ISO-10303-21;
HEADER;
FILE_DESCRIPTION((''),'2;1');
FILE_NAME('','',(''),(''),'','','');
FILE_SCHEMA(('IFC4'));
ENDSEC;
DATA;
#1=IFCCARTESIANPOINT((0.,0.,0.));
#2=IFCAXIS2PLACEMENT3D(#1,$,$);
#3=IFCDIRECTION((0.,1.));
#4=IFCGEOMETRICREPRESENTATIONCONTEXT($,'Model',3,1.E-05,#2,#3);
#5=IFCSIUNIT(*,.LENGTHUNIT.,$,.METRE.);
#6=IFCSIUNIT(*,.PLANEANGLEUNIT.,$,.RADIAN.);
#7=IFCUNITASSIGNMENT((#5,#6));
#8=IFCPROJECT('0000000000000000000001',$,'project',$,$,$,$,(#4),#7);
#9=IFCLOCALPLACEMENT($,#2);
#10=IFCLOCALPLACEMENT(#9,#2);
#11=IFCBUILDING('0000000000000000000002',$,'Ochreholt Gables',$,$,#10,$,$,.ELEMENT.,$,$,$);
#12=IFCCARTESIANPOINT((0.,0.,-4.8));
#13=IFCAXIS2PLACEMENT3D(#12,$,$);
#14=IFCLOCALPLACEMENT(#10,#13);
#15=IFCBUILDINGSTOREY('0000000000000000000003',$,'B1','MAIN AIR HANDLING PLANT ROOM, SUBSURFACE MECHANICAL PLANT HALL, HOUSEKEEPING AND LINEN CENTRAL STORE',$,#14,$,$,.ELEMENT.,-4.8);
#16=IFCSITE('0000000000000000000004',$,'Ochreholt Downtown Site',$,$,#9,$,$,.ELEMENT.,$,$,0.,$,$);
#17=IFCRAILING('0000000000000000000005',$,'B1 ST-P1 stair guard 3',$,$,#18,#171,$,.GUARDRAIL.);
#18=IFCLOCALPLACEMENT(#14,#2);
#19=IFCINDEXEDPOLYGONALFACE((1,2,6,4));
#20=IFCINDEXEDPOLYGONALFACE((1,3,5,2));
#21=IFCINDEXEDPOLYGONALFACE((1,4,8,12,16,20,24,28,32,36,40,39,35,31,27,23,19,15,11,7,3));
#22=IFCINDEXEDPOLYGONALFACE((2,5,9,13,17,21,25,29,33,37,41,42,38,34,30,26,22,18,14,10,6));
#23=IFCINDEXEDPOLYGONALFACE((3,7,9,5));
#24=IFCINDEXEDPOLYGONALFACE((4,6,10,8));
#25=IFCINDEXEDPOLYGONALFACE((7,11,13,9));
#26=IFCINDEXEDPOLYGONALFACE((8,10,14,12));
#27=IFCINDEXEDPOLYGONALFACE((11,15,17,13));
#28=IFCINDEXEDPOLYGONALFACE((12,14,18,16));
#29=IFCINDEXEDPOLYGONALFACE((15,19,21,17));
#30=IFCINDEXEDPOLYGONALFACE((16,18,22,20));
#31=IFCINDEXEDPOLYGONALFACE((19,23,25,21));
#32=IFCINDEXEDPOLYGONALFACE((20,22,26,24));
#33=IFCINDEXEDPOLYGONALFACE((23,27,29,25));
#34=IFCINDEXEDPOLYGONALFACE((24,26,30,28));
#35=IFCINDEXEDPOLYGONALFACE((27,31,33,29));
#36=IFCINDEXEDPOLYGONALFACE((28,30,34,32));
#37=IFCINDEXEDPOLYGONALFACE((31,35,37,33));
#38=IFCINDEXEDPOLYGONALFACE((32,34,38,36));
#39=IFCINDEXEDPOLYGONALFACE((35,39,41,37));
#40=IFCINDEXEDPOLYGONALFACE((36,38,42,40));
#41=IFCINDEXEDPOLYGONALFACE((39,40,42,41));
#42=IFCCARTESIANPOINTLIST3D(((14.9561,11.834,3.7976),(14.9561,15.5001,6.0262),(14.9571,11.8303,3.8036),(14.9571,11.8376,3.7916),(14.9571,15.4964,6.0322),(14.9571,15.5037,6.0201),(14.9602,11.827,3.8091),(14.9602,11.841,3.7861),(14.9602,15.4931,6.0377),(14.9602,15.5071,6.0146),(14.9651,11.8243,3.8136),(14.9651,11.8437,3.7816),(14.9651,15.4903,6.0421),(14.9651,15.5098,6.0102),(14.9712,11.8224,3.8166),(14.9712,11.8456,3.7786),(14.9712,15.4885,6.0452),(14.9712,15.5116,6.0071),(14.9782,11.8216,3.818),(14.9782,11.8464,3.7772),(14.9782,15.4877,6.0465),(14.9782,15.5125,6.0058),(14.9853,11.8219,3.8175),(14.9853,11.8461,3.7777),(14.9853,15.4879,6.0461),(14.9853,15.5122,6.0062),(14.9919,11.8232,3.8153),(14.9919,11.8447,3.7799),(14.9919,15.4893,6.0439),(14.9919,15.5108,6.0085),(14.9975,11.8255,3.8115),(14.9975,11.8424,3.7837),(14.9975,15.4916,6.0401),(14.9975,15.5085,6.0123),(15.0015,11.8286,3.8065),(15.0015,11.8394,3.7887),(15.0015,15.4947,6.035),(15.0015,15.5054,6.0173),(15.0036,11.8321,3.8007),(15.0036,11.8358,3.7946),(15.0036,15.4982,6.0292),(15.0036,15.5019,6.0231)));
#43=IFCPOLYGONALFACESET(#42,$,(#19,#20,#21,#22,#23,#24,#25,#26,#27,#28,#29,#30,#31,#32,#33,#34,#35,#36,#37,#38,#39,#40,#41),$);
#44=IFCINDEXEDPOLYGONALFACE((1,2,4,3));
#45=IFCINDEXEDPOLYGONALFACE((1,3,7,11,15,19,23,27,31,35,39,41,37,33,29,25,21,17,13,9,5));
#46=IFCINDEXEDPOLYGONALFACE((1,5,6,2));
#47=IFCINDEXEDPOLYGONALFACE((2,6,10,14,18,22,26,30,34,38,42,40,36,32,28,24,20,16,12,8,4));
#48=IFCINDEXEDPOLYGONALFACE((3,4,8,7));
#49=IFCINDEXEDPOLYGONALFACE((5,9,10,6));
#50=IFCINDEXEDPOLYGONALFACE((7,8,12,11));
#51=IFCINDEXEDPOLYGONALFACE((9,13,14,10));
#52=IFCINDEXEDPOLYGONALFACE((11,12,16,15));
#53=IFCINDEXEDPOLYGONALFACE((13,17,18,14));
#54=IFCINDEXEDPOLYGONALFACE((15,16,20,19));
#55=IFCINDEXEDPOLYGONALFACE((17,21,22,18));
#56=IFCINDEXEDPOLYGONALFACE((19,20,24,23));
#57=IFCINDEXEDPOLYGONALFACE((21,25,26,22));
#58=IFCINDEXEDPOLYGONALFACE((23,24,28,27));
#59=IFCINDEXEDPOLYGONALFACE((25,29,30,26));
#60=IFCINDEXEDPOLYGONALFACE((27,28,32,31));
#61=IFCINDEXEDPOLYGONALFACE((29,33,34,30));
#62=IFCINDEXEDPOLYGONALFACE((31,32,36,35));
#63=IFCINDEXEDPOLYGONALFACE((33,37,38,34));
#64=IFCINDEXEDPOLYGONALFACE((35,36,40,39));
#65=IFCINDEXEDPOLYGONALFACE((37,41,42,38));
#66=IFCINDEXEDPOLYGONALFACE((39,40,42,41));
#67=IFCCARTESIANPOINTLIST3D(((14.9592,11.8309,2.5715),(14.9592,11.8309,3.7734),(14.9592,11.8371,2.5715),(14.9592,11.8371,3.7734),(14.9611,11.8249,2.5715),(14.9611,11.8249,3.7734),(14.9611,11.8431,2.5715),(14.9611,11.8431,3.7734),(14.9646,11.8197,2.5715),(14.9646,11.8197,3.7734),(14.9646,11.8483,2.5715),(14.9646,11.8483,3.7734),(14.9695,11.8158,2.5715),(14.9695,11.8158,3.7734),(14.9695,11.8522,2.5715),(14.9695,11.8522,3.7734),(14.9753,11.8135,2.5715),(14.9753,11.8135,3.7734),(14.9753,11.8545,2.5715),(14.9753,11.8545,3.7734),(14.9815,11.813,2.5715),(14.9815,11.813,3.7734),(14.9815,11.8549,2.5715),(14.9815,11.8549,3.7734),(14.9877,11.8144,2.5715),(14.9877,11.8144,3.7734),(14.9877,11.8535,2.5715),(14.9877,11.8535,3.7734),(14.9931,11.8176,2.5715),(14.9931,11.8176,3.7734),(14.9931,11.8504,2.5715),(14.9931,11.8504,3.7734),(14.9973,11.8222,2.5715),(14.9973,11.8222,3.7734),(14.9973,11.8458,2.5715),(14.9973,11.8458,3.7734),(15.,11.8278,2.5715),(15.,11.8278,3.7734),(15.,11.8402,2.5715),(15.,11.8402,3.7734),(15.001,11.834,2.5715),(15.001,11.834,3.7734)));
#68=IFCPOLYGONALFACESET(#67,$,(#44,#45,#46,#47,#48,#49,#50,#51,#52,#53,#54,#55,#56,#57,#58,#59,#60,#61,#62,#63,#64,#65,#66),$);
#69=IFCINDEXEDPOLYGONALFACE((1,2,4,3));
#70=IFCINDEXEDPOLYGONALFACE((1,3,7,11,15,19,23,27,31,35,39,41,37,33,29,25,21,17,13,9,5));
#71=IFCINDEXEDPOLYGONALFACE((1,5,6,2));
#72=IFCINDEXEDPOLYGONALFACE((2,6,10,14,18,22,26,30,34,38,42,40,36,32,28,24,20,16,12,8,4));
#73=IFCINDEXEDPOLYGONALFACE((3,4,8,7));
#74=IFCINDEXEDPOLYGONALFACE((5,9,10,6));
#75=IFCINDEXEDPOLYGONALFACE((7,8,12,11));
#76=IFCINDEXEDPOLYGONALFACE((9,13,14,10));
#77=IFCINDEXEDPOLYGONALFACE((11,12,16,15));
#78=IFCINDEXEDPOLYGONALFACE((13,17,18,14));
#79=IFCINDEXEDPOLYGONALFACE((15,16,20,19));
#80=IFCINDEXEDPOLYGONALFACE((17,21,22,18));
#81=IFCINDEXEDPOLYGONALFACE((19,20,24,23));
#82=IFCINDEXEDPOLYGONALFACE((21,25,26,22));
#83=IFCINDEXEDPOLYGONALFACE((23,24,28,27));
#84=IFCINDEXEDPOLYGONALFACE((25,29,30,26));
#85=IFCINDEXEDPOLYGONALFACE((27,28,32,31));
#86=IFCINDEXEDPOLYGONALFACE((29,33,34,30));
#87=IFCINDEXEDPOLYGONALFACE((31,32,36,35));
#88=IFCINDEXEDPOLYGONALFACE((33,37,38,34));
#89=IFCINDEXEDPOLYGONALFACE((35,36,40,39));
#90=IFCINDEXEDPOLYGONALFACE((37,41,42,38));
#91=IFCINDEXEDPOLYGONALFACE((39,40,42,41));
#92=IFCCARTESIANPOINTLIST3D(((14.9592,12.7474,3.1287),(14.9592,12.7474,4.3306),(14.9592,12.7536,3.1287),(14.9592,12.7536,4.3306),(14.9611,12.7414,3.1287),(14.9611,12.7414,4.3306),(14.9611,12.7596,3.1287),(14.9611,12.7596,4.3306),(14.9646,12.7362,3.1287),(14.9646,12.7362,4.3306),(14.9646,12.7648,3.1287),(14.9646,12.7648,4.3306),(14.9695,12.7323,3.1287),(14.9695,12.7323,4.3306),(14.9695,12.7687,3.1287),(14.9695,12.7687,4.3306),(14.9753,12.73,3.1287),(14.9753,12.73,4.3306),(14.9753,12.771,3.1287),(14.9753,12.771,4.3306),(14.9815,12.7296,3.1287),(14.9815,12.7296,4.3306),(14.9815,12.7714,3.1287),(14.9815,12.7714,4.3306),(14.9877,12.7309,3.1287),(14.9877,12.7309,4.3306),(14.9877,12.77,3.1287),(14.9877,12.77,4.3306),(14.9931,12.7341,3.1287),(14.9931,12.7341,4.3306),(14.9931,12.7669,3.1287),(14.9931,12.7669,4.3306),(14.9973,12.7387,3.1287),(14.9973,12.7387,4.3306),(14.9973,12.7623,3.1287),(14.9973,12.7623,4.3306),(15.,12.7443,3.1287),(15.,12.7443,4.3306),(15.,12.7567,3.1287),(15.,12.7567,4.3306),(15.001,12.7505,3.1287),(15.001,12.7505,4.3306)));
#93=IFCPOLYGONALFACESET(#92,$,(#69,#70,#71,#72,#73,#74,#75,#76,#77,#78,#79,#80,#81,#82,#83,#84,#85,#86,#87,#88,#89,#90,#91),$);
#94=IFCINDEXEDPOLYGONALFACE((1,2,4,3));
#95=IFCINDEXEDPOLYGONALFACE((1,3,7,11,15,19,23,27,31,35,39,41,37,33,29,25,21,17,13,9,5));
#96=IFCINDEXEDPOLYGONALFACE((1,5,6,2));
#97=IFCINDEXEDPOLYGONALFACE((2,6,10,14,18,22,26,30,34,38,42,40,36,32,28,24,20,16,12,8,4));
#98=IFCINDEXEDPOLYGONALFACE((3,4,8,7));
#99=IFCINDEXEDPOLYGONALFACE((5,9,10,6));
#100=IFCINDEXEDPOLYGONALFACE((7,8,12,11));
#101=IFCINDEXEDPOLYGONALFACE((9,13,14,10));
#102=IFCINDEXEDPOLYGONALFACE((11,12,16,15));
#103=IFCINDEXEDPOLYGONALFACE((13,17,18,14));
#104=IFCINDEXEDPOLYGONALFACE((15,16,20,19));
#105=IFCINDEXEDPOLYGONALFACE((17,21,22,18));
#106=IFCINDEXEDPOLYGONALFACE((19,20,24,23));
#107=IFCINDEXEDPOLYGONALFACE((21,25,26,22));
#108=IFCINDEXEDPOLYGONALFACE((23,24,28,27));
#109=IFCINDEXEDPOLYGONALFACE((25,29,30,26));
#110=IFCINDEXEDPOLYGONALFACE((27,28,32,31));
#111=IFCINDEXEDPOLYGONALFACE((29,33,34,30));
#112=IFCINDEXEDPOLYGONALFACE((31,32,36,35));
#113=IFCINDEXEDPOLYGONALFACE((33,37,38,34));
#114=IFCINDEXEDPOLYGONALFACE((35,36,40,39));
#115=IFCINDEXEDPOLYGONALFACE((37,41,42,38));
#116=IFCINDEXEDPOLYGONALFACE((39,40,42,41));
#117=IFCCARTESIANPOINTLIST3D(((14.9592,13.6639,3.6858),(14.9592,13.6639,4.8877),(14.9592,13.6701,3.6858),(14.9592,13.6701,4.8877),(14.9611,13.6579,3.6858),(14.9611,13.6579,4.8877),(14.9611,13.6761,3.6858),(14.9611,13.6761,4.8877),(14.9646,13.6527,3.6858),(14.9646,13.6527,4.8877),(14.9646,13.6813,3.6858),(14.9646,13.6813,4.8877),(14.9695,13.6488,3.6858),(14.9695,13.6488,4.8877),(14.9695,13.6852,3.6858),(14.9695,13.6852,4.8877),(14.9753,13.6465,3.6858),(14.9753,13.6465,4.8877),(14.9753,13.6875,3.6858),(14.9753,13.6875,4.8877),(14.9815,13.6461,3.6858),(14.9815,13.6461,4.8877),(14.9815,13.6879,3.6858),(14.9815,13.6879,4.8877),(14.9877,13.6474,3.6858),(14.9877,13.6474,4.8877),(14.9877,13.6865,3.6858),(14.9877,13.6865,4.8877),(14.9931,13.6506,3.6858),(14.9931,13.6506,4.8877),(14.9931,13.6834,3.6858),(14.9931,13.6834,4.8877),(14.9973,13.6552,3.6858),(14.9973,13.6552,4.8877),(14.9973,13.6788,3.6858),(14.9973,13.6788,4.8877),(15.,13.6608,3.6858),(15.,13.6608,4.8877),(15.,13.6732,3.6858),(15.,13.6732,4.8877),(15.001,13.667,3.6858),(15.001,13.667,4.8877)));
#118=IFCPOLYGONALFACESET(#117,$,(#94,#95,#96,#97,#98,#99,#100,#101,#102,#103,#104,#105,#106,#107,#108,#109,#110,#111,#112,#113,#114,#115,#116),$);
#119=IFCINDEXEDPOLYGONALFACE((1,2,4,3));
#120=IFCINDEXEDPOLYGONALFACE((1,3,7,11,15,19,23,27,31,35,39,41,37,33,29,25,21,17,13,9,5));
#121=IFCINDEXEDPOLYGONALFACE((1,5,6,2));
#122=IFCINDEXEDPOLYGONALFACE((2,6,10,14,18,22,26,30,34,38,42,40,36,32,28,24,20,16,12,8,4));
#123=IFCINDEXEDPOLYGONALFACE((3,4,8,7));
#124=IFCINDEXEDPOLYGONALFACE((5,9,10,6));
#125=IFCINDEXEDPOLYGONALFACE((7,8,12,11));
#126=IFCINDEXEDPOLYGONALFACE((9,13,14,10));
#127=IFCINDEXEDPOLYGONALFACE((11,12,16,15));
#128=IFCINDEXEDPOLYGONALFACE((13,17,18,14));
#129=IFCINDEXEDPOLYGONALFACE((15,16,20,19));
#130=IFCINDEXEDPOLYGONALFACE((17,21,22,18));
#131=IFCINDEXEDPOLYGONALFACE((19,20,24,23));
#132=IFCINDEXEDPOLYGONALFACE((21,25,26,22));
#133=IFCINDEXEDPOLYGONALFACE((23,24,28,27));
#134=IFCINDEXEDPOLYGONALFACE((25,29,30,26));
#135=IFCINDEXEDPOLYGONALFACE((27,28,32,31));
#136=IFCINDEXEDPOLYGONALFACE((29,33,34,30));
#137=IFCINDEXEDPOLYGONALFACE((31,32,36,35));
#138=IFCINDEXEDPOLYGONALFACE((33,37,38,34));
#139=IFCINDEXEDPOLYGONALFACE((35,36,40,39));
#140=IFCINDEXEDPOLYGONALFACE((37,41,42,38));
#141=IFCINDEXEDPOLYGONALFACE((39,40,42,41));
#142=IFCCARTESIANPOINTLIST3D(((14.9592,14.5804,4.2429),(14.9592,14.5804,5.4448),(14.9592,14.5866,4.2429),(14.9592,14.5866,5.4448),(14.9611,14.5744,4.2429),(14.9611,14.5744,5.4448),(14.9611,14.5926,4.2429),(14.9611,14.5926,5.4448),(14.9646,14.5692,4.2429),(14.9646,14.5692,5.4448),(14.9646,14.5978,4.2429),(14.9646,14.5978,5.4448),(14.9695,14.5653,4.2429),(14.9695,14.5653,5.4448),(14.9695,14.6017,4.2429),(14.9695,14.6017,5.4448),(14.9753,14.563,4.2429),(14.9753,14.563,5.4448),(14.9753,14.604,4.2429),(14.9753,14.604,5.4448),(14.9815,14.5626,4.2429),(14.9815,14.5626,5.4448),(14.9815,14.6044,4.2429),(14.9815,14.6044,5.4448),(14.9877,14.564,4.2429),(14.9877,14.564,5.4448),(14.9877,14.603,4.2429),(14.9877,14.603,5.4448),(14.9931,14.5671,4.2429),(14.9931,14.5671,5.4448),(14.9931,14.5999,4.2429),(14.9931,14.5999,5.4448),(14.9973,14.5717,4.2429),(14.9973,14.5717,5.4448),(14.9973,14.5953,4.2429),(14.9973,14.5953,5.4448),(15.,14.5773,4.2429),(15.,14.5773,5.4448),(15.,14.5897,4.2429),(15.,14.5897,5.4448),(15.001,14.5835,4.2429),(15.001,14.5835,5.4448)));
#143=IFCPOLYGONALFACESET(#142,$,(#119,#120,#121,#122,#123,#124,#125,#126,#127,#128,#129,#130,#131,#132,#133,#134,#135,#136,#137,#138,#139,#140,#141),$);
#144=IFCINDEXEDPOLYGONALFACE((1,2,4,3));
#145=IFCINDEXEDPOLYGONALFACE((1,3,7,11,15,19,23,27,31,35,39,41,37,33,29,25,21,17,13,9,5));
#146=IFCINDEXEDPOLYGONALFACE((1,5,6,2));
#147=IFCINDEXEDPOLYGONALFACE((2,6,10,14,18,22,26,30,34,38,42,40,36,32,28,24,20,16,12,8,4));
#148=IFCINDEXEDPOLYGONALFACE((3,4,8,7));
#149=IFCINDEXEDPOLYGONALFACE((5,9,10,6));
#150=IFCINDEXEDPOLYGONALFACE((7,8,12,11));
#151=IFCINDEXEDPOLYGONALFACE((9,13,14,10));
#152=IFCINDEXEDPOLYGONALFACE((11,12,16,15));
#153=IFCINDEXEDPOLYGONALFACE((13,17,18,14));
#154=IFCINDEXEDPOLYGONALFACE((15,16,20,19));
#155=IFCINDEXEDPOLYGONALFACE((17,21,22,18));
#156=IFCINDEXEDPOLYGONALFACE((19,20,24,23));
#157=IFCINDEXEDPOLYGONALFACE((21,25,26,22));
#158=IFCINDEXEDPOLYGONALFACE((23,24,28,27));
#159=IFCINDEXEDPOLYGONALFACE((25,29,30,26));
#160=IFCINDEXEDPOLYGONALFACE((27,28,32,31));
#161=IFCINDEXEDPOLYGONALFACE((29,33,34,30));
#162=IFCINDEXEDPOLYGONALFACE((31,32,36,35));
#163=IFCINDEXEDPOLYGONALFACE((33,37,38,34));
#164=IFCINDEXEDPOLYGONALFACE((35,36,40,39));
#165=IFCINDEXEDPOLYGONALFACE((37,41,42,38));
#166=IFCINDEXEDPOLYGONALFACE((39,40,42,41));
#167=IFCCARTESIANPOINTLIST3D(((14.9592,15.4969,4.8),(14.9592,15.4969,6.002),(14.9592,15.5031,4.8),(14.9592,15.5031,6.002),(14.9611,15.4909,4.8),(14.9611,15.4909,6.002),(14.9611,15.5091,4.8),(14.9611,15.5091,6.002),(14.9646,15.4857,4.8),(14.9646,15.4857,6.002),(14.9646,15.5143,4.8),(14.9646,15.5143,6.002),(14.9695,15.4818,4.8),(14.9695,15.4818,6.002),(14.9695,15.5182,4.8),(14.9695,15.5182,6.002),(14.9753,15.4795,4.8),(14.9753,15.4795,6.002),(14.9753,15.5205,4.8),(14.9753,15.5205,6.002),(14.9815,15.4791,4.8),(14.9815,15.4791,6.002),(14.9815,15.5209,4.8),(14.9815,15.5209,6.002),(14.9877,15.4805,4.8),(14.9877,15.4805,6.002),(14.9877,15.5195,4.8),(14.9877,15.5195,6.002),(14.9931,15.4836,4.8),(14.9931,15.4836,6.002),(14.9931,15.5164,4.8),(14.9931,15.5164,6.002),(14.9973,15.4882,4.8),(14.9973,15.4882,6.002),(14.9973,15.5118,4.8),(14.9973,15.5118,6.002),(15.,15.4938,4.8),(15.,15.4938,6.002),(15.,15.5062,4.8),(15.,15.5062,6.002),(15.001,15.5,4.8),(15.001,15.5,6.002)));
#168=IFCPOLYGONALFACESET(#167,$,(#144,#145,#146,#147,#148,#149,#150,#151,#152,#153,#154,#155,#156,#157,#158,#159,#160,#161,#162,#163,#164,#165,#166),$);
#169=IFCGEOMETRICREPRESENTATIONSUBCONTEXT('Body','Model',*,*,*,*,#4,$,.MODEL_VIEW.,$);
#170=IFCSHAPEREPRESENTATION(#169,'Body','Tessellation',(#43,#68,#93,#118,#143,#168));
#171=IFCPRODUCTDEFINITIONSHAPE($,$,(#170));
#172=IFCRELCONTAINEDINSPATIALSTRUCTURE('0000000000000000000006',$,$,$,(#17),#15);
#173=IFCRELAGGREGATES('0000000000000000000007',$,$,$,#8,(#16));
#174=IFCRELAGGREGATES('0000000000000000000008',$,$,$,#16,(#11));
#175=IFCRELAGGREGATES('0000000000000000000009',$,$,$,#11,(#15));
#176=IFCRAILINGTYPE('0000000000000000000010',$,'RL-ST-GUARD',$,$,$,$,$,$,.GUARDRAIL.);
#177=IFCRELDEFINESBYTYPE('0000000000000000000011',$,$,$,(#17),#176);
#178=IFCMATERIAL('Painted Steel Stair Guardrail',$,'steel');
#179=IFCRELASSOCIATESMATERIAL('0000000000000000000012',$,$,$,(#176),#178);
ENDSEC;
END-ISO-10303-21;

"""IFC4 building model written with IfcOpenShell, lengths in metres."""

from ifc_helpers import new_model, si_unit, direction, frame, origin, origin_2d, place, context, subcontext, project, spatial, circle, extrude, material, type_object, element, save


model = new_model("IFC4")

# Units and contexts
model_context = context("Model", 3, precision=1e-05, world=origin(), true_north=direction((0.0, 1.0)))
body_context = subcontext(model_context, "Body", "Model", "MODEL_VIEW")
ifc_project = project(units=[si_unit("LENGTHUNIT", "METRE"), si_unit("PLANEANGLEUNIT", "RADIAN")], contexts=[model_context])

# Site, building, storey
site_placement = place(None, origin())
site = spatial("IfcSite", under=ifc_project, at=site_placement, Name="Ochreholt Downtown Site", CompositionType="ELEMENT", RefElevation=0.0)
building_placement = place(site_placement, origin())
building = spatial("IfcBuilding", under=site, at=building_placement, Name="Ochreholt Gables", CompositionType="ELEMENT")
storey_placement = place(building_placement, frame((0.0, 0.0, -4.8)))
storey = spatial("IfcBuildingStorey", under=building, at=storey_placement, Name="B1", Description="MAIN AIR HANDLING PLANT ROOM, SUBSURFACE MECHANICAL PLANT HALL, HOUSEKEEPING AND LINEN CENTRAL STORE", CompositionType="ELEMENT", Elevation=-4.8)

# Railing
ifc_material_1 = material(Name="Painted Steel Stair Guardrail", Category="steel")
railing_type_1 = type_object("IfcRailingType", Name="RL-ST-GUARD", PredefinedType="GUARDRAIL", material=ifc_material_1)
railing_1_placement = place(storey_placement, frame((14.98, 11.834, 2.5715)))
element("IfcRailing", 1, at=railing_1_placement, inside=storey, type_object=railing_type_1, Name="B1 ST-P1 stair guard 3", PredefinedType="GUARDRAIL", context=body_context, shape_type="SweptSolid", body=[
    extrude(circle(Radius=0.0239, at=origin_2d()), frame((0.0, 0.0, 1.2261), z_axis=(0.0, 0.854506, 0.519441), x_axis=(-1.0, 0.0, 0.0)), (0.0, 0.0, 1.0), 4.2903),
    extrude(circle(Radius=0.021, at=origin_2d()), origin(), (0.0, 0.0, 1.0), 1.2019),
    extrude(circle(Radius=0.021, at=origin_2d()), frame((0.0, 0.9165, 0.5571)), (0.0, 0.0, 1.0), 1.2019),
    extrude(circle(Radius=0.021, at=origin_2d()), frame((0.0, 1.833, 1.1143)), (0.0, 0.0, 1.0), 1.2019),
    extrude(circle(Radius=0.021, at=origin_2d()), frame((0.0, 2.7495, 1.6714)), (0.0, 0.0, 1.0), 1.2019),
    extrude(circle(Radius=0.021, at=origin_2d()), frame((0.0, 3.666, 2.2285)), (0.0, 0.0, 1.0), 1.2019),
])

save(model, "model.ifc")
